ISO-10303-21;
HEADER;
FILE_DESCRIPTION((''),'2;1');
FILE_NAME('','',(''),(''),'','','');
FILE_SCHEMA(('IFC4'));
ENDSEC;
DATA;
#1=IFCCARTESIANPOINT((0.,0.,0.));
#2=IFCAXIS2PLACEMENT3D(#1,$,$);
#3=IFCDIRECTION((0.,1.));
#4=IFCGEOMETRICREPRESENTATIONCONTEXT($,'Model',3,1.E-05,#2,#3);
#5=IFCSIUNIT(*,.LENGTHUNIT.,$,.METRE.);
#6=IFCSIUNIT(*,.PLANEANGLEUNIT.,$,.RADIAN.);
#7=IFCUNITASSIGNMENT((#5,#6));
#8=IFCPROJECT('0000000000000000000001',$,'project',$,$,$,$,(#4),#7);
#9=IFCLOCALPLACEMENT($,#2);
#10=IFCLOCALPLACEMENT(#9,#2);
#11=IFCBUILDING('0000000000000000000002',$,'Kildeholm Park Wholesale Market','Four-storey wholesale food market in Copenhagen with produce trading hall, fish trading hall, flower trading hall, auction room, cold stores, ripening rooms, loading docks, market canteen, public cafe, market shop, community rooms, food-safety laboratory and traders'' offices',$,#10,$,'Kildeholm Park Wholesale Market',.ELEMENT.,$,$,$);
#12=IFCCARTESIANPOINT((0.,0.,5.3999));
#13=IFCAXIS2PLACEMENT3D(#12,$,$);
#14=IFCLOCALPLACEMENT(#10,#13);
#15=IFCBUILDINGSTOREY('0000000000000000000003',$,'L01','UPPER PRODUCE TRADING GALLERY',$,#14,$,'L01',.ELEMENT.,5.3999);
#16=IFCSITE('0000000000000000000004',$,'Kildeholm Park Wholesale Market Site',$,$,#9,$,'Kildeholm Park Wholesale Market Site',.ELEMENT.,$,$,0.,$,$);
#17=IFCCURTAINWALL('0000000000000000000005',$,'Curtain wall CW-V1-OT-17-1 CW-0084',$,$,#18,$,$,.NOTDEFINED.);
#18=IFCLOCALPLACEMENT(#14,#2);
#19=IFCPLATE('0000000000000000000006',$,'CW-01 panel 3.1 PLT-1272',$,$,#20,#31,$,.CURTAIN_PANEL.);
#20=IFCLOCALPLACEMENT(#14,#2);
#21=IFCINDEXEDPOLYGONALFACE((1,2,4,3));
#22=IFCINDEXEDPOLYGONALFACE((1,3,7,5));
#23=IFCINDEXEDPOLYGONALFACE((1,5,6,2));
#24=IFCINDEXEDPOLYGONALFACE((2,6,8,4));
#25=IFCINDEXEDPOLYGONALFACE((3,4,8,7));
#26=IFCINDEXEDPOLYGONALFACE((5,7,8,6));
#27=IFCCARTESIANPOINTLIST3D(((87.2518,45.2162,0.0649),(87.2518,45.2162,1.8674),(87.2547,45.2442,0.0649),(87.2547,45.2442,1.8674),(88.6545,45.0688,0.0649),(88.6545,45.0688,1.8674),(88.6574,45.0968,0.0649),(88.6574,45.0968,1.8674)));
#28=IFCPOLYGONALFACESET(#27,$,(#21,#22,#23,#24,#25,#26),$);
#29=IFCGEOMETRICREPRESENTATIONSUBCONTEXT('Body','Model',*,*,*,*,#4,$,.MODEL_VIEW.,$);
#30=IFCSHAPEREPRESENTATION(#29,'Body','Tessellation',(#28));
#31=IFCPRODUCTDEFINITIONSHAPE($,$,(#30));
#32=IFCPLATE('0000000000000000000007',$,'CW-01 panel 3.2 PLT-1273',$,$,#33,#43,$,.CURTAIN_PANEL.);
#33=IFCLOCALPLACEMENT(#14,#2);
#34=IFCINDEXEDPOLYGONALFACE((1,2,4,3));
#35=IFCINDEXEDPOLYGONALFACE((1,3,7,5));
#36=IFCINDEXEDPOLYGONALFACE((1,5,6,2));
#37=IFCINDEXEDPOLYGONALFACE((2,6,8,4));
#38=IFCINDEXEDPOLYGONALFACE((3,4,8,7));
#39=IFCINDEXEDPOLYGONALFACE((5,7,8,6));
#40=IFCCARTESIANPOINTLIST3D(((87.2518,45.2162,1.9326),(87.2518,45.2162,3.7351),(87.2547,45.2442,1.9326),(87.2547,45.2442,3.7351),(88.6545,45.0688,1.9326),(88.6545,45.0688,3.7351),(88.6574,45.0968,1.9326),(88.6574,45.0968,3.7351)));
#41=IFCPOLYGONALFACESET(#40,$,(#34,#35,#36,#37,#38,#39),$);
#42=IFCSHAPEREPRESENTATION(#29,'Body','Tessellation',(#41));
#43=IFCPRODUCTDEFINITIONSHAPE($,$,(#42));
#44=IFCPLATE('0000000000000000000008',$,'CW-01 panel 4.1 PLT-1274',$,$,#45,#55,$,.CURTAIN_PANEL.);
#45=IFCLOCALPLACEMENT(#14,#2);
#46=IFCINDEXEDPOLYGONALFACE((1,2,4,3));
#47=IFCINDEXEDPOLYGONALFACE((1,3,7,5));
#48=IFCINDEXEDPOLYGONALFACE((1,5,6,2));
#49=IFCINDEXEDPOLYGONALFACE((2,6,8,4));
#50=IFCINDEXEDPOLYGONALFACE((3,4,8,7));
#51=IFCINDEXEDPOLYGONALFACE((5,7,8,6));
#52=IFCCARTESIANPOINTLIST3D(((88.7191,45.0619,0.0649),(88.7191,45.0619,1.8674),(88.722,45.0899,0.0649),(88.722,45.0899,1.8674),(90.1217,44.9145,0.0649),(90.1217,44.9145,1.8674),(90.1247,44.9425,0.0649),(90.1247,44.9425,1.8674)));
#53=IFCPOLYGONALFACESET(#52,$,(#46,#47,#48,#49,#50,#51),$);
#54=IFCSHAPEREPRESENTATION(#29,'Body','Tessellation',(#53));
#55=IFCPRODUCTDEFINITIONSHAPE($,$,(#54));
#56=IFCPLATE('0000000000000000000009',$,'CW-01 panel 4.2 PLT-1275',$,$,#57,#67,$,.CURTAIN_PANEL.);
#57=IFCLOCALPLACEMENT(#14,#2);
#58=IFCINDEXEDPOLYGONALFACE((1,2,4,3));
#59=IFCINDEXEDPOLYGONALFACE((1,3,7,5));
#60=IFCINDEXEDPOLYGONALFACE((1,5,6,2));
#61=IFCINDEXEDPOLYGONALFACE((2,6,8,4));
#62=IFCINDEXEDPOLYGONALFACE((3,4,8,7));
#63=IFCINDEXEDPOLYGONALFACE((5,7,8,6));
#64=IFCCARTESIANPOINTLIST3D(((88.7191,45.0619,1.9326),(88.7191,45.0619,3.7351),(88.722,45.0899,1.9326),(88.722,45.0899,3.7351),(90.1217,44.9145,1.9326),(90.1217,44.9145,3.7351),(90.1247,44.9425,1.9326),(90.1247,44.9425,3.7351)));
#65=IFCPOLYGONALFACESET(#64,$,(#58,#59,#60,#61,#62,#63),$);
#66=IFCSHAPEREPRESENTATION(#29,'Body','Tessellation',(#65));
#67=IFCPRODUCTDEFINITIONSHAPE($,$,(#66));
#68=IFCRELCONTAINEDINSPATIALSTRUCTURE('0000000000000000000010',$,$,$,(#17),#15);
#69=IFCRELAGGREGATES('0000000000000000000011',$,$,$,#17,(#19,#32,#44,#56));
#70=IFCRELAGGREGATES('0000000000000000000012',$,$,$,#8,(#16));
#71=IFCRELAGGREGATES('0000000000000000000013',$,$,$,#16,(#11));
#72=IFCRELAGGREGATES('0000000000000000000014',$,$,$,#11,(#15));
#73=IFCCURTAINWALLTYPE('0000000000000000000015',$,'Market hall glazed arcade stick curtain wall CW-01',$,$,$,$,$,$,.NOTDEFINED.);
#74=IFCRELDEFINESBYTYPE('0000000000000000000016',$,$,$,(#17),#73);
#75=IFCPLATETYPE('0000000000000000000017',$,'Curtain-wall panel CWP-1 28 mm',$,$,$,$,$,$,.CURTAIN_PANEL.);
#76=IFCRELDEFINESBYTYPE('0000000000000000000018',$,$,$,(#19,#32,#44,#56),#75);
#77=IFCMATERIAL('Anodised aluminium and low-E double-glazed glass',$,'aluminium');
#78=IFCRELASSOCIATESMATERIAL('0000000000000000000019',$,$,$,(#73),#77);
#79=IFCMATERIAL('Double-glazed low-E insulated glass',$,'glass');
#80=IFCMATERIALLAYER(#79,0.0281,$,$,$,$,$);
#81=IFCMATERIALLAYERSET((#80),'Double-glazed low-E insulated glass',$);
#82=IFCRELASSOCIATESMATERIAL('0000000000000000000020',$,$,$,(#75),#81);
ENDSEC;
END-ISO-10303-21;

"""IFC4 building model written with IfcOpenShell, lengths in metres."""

from ifc_helpers import new_model, si_unit, direction, frame, origin, origin_2d, place, context, subcontext, project, spatial, rectangle, extrude, material, layer, layer_set, type_object, element, aggregate, save


model = new_model("IFC4")

# Units and contexts
model_context = context("Model", 3, precision=1e-05, world=origin(), true_north=direction((0.0, 1.0)))
body_context = subcontext(model_context, "Body", "Model", "MODEL_VIEW")
ifc_project = project(units=[si_unit("LENGTHUNIT", "METRE"), si_unit("PLANEANGLEUNIT", "RADIAN")], contexts=[model_context])

# Site, building, storey
site_placement = place(None, origin())
site = spatial("IfcSite", under=ifc_project, at=site_placement, Name="Kildeholm Park Wholesale Market Site", LongName="Kildeholm Park Wholesale Market Site", CompositionType="ELEMENT", RefElevation=0.0)
building_placement = place(site_placement, origin())
building = spatial("IfcBuilding", under=site, at=building_placement, Name="Kildeholm Park Wholesale Market", Description="Four-storey wholesale food market in Copenhagen with produce trading hall, fish trading hall, flower trading hall, auction room, cold stores, ripening rooms, loading docks, market canteen, public cafe, market shop, community rooms, food-safety laboratory and traders' offices", LongName="Kildeholm Park Wholesale Market", CompositionType="ELEMENT")
storey_placement = place(building_placement, frame((0.0, 0.0, 5.3999)))
storey = spatial("IfcBuildingStorey", under=building, at=storey_placement, Name="L01", Description="UPPER PRODUCE TRADING GALLERY", LongName="L01", CompositionType="ELEMENT", Elevation=5.3999)

# Shared definitions
ifc_material_1 = material(Name="Anodised aluminium and low-E double-glazed glass", Category="aluminium")
curtain_wall_type = type_object("IfcCurtainWallType", Name="Market hall glazed arcade stick curtain wall CW-01", PredefinedType="NOTDEFINED", material=ifc_material_1)

# Curtain wall
curtain_wall_1_placement = place(storey_placement, origin())
curtain_wall_1 = element("IfcCurtainWall", 1, at=curtain_wall_1_placement, inside=storey, type_object=curtain_wall_type, Name="Curtain wall CW-V1-OT-17-1 CW-0084", PredefinedType="NOTDEFINED")

# Plates
ifc_material_2 = material(Name="Double-glazed low-E insulated glass", Category="glass")
ifc_layer = layer(ifc_material_2, 0.0281)
ifc_layer_set = layer_set([ifc_layer], Name="Double-glazed low-E insulated glass")
plate_type = type_object("IfcPlateType", Name="Curtain-wall panel CWP-1 28 mm", PredefinedType="CURTAIN_PANEL", material=ifc_layer_set)
plate_1_placement = place(storey_placement, frame((87.9546, 45.1565, 0.0649), z_axis=(0.0, 0.0, 1.0), x_axis=(0.994524, -0.104508, 0.0)))
plate_1 = element("IfcPlate", 2, at=plate_1_placement, type_object=plate_type, Name="CW-01 panel 3.1 PLT-1272", PredefinedType="CURTAIN_PANEL", context=body_context, shape_type="SweptSolid", body=[
    extrude(rectangle(XDim=1.4104, YDim=0.0281, at=origin_2d()), origin(), (0.0, 0.0, 1.0), 1.8025),
])
plate_2_placement = place(storey_placement, frame((87.9546, 45.1565, 1.9326), z_axis=(0.0, 0.0, 1.0), x_axis=(0.994524, -0.104508, 0.0)))
plate_2 = element("IfcPlate", 3, at=plate_2_placement, type_object=plate_type, Name="CW-01 panel 3.2 PLT-1273", PredefinedType="CURTAIN_PANEL", context=body_context, shape_type="SweptSolid", body=[
    extrude(rectangle(XDim=1.4104, YDim=0.0281, at=origin_2d()), origin(), (0.0, 0.0, 1.0), 1.8025),
])
plate_3_placement = place(storey_placement, frame((89.4219, 45.0022, 0.0649), z_axis=(0.0, 0.0, 1.0), x_axis=(0.994524, -0.104508, 0.0)))
plate_3 = element("IfcPlate", 4, at=plate_3_placement, type_object=plate_type, Name="CW-01 panel 4.1 PLT-1274", PredefinedType="CURTAIN_PANEL", context=body_context, shape_type="SweptSolid", body=[
    extrude(rectangle(XDim=1.4104, YDim=0.0281, at=origin_2d()), origin(), (0.0, 0.0, 1.0), 1.8025),
])
plate_4_placement = place(storey_placement, frame((89.4219, 45.0022, 1.9326), z_axis=(0.0, 0.0, 1.0), x_axis=(0.994524, -0.104508, 0.0)))
plate_4 = element("IfcPlate", 5, at=plate_4_placement, type_object=plate_type, Name="CW-01 panel 4.2 PLT-1275", PredefinedType="CURTAIN_PANEL", context=body_context, shape_type="SweptSolid", body=[
    extrude(rectangle(XDim=1.4104, YDim=0.0281, at=origin_2d()), origin(), (0.0, 0.0, 1.0), 1.8025),
])
aggregate(curtain_wall_1, [plate_1, plate_2, plate_3, plate_4])

save(model, "model.ifc")
